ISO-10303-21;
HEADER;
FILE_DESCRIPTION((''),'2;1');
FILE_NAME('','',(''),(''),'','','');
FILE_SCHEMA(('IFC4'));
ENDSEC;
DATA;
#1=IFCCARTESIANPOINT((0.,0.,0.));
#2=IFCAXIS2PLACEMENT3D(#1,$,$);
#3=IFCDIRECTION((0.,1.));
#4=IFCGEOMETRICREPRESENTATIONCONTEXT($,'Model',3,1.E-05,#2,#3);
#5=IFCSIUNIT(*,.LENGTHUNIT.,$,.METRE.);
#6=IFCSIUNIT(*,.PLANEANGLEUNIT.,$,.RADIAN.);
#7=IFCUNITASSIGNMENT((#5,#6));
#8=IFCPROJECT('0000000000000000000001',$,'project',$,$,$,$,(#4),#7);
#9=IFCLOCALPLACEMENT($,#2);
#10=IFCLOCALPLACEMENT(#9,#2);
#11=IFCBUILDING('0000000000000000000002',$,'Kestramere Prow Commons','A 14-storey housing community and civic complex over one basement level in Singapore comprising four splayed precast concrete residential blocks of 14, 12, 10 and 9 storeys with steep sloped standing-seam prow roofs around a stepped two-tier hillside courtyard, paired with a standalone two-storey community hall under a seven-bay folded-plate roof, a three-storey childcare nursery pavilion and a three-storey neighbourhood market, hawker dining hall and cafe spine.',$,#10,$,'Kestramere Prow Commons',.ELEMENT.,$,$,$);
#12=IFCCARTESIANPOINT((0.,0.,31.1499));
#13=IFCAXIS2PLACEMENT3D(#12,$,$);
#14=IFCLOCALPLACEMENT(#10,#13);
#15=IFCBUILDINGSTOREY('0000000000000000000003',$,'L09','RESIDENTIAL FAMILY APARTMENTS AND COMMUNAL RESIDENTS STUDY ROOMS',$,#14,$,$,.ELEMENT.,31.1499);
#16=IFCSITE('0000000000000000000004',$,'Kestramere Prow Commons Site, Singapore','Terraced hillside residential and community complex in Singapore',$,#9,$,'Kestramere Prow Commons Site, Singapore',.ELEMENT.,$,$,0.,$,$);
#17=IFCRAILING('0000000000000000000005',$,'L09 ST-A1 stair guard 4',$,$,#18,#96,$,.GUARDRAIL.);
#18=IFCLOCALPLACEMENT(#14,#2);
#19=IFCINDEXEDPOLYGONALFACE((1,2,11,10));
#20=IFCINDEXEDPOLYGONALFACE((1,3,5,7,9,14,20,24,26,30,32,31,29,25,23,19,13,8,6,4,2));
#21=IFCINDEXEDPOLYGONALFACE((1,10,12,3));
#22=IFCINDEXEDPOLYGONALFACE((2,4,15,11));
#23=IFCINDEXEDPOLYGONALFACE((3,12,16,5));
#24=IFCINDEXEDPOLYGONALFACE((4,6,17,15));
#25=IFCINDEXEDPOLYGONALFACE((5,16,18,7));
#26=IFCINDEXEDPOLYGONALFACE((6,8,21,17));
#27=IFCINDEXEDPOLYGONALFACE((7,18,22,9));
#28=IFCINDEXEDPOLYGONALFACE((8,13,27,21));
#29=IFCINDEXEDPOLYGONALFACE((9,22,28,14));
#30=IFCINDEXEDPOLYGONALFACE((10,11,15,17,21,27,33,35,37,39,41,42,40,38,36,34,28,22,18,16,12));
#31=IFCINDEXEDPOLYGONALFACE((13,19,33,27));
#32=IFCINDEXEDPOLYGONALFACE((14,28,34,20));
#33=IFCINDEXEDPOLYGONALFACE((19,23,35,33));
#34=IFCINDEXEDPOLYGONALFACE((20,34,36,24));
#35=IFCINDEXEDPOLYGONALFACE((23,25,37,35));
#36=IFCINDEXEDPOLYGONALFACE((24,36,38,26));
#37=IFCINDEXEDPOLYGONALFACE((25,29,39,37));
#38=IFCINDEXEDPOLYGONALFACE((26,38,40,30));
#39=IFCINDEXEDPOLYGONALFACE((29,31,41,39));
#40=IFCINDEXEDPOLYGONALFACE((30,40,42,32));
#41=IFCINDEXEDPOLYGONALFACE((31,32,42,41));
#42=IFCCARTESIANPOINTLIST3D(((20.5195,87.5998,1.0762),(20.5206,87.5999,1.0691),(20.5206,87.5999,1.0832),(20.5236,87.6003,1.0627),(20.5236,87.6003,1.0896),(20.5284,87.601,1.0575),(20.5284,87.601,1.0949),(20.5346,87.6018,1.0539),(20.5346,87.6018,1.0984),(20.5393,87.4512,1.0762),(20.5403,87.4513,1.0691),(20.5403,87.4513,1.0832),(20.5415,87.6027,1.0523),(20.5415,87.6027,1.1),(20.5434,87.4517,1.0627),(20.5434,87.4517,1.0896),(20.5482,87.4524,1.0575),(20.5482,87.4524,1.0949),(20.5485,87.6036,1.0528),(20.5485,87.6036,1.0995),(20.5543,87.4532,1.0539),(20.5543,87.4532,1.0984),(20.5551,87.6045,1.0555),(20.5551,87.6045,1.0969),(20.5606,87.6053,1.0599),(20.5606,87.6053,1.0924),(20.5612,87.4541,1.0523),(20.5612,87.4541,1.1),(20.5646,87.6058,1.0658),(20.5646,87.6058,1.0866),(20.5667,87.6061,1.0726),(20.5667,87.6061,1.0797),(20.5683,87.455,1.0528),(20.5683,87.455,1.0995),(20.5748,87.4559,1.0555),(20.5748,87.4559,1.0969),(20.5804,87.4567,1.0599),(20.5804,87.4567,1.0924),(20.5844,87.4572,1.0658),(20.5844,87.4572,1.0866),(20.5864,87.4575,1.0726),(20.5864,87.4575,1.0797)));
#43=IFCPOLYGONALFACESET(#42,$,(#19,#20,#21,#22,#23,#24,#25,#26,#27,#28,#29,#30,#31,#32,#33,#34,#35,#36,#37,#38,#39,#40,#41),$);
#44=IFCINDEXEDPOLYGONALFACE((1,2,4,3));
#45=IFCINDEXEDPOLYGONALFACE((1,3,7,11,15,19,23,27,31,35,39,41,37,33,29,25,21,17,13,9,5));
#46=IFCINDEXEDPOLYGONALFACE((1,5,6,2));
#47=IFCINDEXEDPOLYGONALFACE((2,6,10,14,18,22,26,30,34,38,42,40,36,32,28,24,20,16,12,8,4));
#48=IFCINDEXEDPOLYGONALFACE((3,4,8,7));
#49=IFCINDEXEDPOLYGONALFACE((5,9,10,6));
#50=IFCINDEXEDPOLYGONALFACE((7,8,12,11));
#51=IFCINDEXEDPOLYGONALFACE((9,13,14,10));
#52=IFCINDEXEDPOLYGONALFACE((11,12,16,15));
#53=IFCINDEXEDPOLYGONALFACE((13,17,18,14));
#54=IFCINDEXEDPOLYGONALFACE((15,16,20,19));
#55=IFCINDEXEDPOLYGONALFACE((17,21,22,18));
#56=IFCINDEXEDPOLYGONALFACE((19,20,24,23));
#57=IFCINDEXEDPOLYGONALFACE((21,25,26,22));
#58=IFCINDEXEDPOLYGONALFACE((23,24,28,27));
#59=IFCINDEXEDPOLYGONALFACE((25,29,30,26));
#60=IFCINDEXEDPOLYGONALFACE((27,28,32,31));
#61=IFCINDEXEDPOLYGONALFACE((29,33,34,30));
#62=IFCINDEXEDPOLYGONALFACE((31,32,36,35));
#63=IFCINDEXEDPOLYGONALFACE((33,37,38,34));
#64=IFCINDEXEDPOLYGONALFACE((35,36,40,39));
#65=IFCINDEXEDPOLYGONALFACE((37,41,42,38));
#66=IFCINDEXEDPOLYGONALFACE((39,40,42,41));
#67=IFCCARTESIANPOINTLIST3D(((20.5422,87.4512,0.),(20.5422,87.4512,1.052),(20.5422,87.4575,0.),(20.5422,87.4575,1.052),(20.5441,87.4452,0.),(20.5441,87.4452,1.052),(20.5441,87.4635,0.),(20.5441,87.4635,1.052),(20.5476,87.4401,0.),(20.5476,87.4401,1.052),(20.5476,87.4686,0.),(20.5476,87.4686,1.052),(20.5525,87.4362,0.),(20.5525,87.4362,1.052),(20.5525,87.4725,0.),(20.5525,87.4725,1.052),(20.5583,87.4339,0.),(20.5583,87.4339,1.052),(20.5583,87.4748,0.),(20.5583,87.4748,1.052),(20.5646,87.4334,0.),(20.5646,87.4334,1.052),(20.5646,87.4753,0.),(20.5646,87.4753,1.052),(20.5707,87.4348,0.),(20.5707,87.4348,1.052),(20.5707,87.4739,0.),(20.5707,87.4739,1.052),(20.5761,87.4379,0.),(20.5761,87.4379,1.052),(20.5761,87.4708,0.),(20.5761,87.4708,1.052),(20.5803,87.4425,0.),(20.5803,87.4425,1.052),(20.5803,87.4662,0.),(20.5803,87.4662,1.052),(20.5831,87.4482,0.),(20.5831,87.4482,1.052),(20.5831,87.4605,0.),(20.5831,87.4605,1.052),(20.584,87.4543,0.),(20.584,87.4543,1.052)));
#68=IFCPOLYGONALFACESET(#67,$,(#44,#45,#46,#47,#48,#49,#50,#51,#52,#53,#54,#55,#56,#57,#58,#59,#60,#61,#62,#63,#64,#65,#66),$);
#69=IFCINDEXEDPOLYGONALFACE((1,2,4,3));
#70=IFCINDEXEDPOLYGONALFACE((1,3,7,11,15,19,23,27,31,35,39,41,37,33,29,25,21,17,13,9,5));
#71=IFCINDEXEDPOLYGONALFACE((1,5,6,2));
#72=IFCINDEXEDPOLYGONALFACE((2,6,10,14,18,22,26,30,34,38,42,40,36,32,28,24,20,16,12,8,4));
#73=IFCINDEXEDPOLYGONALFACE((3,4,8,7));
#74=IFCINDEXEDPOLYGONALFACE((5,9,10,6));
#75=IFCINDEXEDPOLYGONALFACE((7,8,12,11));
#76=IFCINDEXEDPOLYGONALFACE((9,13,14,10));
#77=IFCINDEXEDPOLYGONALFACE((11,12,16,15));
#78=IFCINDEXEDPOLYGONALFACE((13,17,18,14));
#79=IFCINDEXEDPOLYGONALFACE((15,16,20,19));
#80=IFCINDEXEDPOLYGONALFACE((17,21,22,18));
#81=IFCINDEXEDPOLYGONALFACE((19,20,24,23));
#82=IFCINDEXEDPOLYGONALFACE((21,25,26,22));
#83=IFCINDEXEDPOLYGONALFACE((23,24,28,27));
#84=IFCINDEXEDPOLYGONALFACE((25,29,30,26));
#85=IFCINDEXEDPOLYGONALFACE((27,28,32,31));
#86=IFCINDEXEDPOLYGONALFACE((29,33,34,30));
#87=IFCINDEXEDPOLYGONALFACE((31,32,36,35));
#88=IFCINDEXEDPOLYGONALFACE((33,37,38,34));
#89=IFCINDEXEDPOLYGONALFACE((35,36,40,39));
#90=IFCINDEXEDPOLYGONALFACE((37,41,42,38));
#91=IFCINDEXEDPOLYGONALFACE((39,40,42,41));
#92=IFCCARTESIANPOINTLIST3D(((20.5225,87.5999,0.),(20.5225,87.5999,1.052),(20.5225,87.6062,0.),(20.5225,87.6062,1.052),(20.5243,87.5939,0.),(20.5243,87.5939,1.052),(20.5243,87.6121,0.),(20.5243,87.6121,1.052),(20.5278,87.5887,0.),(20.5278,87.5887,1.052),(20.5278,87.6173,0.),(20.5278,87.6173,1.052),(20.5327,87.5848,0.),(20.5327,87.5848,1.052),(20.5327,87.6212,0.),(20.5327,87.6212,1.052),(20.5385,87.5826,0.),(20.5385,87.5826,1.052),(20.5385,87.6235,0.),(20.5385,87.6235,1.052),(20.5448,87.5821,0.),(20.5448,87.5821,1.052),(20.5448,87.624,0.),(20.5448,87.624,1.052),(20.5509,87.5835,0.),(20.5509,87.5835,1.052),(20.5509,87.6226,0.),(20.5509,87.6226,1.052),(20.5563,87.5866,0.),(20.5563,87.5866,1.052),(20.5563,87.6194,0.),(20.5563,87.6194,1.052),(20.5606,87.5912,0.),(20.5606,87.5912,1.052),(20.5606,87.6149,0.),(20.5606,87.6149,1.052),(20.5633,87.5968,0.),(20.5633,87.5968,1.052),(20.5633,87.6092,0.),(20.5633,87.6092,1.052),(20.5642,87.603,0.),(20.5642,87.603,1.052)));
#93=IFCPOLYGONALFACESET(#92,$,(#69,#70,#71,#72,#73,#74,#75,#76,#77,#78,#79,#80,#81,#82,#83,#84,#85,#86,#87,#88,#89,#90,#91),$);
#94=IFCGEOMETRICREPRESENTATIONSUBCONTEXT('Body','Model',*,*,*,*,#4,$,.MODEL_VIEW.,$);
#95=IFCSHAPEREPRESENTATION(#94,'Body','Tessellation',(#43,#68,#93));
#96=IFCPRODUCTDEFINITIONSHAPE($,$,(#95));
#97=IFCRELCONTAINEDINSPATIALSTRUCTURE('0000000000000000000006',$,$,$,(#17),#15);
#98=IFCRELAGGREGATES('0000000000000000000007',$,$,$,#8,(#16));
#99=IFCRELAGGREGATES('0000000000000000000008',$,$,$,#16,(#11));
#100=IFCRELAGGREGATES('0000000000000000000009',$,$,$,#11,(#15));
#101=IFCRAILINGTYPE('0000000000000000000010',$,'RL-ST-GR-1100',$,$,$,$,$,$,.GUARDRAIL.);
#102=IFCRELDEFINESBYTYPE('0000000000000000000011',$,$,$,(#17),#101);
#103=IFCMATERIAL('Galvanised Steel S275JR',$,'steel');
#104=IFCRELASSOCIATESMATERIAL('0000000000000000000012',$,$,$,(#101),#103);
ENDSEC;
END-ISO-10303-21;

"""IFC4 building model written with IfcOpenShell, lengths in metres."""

from ifc_helpers import new_model, si_unit, direction, frame, origin, origin_2d, place, context, subcontext, project, spatial, circle, extrude, material, type_object, element, save


model = new_model("IFC4")

# Units and contexts
model_context = context("Model", 3, precision=1e-05, world=origin(), true_north=direction((0.0, 1.0)))
body_context = subcontext(model_context, "Body", "Model", "MODEL_VIEW")
ifc_project = project(units=[si_unit("LENGTHUNIT", "METRE"), si_unit("PLANEANGLEUNIT", "RADIAN")], contexts=[model_context])

# Site, building, storey
site_placement = place(None, origin())
site = spatial("IfcSite", under=ifc_project, at=site_placement, Name="Kestramere Prow Commons Site, Singapore", Description="Terraced hillside residential and community complex in Singapore", LongName="Kestramere Prow Commons Site, Singapore", CompositionType="ELEMENT", RefElevation=0.0)
building_placement = place(site_placement, origin())
building = spatial("IfcBuilding", under=site, at=building_placement, Name="Kestramere Prow Commons", Description="A 14-storey housing community and civic complex over one basement level in Singapore comprising four splayed precast concrete residential blocks of 14, 12, 10 and 9 storeys with steep sloped standing-seam prow roofs around a stepped two-tier hillside courtyard, paired with a standalone two-storey community hall under a seven-bay folded-plate roof, a three-storey childcare nursery pavilion and a three-storey neighbourhood market, hawker dining hall and cafe spine.", LongName="Kestramere Prow Commons", CompositionType="ELEMENT")
storey_placement = place(building_placement, frame((0.0, 0.0, 31.1499)))
storey = spatial("IfcBuildingStorey", under=building, at=storey_placement, Name="L09", Description="RESIDENTIAL FAMILY APARTMENTS AND COMMUNAL RESIDENTS STUDY ROOMS", CompositionType="ELEMENT", Elevation=31.1499)

# Railing
ifc_material_1 = material(Name="Galvanised Steel S275JR", Category="steel")
railing_type = type_object("IfcRailingType", Name="RL-ST-GR-1100", PredefinedType="GUARDRAIL", material=ifc_material_1)
railing_placement = place(storey_placement, frame((20.563, 87.4543, 0.0)))
element("IfcRailing", 1, at=railing_placement, inside=storey, type_object=railing_type, Name="L09 ST-A1 stair guard 4", PredefinedType="GUARDRAIL", context=body_context, shape_type="SweptSolid", body=[
    extrude(circle(Radius=0.0239, at=origin_2d()), frame((0.0, 0.0, 1.0762), z_axis=(-0.131844, 0.99127, 0.0), x_axis=(-0.99127, -0.131844, 0.0)), (0.0, 0.0, 1.0), 0.1499),
    extrude(circle(Radius=0.021, at=origin_2d()), origin(), (0.0, 0.0, 1.0), 1.052),
    extrude(circle(Radius=0.021, at=origin_2d()), frame((-0.0198, 0.1487, 0.0)), (0.0, 0.0, 1.0), 1.052),
])

save(model, "model.ifc")
